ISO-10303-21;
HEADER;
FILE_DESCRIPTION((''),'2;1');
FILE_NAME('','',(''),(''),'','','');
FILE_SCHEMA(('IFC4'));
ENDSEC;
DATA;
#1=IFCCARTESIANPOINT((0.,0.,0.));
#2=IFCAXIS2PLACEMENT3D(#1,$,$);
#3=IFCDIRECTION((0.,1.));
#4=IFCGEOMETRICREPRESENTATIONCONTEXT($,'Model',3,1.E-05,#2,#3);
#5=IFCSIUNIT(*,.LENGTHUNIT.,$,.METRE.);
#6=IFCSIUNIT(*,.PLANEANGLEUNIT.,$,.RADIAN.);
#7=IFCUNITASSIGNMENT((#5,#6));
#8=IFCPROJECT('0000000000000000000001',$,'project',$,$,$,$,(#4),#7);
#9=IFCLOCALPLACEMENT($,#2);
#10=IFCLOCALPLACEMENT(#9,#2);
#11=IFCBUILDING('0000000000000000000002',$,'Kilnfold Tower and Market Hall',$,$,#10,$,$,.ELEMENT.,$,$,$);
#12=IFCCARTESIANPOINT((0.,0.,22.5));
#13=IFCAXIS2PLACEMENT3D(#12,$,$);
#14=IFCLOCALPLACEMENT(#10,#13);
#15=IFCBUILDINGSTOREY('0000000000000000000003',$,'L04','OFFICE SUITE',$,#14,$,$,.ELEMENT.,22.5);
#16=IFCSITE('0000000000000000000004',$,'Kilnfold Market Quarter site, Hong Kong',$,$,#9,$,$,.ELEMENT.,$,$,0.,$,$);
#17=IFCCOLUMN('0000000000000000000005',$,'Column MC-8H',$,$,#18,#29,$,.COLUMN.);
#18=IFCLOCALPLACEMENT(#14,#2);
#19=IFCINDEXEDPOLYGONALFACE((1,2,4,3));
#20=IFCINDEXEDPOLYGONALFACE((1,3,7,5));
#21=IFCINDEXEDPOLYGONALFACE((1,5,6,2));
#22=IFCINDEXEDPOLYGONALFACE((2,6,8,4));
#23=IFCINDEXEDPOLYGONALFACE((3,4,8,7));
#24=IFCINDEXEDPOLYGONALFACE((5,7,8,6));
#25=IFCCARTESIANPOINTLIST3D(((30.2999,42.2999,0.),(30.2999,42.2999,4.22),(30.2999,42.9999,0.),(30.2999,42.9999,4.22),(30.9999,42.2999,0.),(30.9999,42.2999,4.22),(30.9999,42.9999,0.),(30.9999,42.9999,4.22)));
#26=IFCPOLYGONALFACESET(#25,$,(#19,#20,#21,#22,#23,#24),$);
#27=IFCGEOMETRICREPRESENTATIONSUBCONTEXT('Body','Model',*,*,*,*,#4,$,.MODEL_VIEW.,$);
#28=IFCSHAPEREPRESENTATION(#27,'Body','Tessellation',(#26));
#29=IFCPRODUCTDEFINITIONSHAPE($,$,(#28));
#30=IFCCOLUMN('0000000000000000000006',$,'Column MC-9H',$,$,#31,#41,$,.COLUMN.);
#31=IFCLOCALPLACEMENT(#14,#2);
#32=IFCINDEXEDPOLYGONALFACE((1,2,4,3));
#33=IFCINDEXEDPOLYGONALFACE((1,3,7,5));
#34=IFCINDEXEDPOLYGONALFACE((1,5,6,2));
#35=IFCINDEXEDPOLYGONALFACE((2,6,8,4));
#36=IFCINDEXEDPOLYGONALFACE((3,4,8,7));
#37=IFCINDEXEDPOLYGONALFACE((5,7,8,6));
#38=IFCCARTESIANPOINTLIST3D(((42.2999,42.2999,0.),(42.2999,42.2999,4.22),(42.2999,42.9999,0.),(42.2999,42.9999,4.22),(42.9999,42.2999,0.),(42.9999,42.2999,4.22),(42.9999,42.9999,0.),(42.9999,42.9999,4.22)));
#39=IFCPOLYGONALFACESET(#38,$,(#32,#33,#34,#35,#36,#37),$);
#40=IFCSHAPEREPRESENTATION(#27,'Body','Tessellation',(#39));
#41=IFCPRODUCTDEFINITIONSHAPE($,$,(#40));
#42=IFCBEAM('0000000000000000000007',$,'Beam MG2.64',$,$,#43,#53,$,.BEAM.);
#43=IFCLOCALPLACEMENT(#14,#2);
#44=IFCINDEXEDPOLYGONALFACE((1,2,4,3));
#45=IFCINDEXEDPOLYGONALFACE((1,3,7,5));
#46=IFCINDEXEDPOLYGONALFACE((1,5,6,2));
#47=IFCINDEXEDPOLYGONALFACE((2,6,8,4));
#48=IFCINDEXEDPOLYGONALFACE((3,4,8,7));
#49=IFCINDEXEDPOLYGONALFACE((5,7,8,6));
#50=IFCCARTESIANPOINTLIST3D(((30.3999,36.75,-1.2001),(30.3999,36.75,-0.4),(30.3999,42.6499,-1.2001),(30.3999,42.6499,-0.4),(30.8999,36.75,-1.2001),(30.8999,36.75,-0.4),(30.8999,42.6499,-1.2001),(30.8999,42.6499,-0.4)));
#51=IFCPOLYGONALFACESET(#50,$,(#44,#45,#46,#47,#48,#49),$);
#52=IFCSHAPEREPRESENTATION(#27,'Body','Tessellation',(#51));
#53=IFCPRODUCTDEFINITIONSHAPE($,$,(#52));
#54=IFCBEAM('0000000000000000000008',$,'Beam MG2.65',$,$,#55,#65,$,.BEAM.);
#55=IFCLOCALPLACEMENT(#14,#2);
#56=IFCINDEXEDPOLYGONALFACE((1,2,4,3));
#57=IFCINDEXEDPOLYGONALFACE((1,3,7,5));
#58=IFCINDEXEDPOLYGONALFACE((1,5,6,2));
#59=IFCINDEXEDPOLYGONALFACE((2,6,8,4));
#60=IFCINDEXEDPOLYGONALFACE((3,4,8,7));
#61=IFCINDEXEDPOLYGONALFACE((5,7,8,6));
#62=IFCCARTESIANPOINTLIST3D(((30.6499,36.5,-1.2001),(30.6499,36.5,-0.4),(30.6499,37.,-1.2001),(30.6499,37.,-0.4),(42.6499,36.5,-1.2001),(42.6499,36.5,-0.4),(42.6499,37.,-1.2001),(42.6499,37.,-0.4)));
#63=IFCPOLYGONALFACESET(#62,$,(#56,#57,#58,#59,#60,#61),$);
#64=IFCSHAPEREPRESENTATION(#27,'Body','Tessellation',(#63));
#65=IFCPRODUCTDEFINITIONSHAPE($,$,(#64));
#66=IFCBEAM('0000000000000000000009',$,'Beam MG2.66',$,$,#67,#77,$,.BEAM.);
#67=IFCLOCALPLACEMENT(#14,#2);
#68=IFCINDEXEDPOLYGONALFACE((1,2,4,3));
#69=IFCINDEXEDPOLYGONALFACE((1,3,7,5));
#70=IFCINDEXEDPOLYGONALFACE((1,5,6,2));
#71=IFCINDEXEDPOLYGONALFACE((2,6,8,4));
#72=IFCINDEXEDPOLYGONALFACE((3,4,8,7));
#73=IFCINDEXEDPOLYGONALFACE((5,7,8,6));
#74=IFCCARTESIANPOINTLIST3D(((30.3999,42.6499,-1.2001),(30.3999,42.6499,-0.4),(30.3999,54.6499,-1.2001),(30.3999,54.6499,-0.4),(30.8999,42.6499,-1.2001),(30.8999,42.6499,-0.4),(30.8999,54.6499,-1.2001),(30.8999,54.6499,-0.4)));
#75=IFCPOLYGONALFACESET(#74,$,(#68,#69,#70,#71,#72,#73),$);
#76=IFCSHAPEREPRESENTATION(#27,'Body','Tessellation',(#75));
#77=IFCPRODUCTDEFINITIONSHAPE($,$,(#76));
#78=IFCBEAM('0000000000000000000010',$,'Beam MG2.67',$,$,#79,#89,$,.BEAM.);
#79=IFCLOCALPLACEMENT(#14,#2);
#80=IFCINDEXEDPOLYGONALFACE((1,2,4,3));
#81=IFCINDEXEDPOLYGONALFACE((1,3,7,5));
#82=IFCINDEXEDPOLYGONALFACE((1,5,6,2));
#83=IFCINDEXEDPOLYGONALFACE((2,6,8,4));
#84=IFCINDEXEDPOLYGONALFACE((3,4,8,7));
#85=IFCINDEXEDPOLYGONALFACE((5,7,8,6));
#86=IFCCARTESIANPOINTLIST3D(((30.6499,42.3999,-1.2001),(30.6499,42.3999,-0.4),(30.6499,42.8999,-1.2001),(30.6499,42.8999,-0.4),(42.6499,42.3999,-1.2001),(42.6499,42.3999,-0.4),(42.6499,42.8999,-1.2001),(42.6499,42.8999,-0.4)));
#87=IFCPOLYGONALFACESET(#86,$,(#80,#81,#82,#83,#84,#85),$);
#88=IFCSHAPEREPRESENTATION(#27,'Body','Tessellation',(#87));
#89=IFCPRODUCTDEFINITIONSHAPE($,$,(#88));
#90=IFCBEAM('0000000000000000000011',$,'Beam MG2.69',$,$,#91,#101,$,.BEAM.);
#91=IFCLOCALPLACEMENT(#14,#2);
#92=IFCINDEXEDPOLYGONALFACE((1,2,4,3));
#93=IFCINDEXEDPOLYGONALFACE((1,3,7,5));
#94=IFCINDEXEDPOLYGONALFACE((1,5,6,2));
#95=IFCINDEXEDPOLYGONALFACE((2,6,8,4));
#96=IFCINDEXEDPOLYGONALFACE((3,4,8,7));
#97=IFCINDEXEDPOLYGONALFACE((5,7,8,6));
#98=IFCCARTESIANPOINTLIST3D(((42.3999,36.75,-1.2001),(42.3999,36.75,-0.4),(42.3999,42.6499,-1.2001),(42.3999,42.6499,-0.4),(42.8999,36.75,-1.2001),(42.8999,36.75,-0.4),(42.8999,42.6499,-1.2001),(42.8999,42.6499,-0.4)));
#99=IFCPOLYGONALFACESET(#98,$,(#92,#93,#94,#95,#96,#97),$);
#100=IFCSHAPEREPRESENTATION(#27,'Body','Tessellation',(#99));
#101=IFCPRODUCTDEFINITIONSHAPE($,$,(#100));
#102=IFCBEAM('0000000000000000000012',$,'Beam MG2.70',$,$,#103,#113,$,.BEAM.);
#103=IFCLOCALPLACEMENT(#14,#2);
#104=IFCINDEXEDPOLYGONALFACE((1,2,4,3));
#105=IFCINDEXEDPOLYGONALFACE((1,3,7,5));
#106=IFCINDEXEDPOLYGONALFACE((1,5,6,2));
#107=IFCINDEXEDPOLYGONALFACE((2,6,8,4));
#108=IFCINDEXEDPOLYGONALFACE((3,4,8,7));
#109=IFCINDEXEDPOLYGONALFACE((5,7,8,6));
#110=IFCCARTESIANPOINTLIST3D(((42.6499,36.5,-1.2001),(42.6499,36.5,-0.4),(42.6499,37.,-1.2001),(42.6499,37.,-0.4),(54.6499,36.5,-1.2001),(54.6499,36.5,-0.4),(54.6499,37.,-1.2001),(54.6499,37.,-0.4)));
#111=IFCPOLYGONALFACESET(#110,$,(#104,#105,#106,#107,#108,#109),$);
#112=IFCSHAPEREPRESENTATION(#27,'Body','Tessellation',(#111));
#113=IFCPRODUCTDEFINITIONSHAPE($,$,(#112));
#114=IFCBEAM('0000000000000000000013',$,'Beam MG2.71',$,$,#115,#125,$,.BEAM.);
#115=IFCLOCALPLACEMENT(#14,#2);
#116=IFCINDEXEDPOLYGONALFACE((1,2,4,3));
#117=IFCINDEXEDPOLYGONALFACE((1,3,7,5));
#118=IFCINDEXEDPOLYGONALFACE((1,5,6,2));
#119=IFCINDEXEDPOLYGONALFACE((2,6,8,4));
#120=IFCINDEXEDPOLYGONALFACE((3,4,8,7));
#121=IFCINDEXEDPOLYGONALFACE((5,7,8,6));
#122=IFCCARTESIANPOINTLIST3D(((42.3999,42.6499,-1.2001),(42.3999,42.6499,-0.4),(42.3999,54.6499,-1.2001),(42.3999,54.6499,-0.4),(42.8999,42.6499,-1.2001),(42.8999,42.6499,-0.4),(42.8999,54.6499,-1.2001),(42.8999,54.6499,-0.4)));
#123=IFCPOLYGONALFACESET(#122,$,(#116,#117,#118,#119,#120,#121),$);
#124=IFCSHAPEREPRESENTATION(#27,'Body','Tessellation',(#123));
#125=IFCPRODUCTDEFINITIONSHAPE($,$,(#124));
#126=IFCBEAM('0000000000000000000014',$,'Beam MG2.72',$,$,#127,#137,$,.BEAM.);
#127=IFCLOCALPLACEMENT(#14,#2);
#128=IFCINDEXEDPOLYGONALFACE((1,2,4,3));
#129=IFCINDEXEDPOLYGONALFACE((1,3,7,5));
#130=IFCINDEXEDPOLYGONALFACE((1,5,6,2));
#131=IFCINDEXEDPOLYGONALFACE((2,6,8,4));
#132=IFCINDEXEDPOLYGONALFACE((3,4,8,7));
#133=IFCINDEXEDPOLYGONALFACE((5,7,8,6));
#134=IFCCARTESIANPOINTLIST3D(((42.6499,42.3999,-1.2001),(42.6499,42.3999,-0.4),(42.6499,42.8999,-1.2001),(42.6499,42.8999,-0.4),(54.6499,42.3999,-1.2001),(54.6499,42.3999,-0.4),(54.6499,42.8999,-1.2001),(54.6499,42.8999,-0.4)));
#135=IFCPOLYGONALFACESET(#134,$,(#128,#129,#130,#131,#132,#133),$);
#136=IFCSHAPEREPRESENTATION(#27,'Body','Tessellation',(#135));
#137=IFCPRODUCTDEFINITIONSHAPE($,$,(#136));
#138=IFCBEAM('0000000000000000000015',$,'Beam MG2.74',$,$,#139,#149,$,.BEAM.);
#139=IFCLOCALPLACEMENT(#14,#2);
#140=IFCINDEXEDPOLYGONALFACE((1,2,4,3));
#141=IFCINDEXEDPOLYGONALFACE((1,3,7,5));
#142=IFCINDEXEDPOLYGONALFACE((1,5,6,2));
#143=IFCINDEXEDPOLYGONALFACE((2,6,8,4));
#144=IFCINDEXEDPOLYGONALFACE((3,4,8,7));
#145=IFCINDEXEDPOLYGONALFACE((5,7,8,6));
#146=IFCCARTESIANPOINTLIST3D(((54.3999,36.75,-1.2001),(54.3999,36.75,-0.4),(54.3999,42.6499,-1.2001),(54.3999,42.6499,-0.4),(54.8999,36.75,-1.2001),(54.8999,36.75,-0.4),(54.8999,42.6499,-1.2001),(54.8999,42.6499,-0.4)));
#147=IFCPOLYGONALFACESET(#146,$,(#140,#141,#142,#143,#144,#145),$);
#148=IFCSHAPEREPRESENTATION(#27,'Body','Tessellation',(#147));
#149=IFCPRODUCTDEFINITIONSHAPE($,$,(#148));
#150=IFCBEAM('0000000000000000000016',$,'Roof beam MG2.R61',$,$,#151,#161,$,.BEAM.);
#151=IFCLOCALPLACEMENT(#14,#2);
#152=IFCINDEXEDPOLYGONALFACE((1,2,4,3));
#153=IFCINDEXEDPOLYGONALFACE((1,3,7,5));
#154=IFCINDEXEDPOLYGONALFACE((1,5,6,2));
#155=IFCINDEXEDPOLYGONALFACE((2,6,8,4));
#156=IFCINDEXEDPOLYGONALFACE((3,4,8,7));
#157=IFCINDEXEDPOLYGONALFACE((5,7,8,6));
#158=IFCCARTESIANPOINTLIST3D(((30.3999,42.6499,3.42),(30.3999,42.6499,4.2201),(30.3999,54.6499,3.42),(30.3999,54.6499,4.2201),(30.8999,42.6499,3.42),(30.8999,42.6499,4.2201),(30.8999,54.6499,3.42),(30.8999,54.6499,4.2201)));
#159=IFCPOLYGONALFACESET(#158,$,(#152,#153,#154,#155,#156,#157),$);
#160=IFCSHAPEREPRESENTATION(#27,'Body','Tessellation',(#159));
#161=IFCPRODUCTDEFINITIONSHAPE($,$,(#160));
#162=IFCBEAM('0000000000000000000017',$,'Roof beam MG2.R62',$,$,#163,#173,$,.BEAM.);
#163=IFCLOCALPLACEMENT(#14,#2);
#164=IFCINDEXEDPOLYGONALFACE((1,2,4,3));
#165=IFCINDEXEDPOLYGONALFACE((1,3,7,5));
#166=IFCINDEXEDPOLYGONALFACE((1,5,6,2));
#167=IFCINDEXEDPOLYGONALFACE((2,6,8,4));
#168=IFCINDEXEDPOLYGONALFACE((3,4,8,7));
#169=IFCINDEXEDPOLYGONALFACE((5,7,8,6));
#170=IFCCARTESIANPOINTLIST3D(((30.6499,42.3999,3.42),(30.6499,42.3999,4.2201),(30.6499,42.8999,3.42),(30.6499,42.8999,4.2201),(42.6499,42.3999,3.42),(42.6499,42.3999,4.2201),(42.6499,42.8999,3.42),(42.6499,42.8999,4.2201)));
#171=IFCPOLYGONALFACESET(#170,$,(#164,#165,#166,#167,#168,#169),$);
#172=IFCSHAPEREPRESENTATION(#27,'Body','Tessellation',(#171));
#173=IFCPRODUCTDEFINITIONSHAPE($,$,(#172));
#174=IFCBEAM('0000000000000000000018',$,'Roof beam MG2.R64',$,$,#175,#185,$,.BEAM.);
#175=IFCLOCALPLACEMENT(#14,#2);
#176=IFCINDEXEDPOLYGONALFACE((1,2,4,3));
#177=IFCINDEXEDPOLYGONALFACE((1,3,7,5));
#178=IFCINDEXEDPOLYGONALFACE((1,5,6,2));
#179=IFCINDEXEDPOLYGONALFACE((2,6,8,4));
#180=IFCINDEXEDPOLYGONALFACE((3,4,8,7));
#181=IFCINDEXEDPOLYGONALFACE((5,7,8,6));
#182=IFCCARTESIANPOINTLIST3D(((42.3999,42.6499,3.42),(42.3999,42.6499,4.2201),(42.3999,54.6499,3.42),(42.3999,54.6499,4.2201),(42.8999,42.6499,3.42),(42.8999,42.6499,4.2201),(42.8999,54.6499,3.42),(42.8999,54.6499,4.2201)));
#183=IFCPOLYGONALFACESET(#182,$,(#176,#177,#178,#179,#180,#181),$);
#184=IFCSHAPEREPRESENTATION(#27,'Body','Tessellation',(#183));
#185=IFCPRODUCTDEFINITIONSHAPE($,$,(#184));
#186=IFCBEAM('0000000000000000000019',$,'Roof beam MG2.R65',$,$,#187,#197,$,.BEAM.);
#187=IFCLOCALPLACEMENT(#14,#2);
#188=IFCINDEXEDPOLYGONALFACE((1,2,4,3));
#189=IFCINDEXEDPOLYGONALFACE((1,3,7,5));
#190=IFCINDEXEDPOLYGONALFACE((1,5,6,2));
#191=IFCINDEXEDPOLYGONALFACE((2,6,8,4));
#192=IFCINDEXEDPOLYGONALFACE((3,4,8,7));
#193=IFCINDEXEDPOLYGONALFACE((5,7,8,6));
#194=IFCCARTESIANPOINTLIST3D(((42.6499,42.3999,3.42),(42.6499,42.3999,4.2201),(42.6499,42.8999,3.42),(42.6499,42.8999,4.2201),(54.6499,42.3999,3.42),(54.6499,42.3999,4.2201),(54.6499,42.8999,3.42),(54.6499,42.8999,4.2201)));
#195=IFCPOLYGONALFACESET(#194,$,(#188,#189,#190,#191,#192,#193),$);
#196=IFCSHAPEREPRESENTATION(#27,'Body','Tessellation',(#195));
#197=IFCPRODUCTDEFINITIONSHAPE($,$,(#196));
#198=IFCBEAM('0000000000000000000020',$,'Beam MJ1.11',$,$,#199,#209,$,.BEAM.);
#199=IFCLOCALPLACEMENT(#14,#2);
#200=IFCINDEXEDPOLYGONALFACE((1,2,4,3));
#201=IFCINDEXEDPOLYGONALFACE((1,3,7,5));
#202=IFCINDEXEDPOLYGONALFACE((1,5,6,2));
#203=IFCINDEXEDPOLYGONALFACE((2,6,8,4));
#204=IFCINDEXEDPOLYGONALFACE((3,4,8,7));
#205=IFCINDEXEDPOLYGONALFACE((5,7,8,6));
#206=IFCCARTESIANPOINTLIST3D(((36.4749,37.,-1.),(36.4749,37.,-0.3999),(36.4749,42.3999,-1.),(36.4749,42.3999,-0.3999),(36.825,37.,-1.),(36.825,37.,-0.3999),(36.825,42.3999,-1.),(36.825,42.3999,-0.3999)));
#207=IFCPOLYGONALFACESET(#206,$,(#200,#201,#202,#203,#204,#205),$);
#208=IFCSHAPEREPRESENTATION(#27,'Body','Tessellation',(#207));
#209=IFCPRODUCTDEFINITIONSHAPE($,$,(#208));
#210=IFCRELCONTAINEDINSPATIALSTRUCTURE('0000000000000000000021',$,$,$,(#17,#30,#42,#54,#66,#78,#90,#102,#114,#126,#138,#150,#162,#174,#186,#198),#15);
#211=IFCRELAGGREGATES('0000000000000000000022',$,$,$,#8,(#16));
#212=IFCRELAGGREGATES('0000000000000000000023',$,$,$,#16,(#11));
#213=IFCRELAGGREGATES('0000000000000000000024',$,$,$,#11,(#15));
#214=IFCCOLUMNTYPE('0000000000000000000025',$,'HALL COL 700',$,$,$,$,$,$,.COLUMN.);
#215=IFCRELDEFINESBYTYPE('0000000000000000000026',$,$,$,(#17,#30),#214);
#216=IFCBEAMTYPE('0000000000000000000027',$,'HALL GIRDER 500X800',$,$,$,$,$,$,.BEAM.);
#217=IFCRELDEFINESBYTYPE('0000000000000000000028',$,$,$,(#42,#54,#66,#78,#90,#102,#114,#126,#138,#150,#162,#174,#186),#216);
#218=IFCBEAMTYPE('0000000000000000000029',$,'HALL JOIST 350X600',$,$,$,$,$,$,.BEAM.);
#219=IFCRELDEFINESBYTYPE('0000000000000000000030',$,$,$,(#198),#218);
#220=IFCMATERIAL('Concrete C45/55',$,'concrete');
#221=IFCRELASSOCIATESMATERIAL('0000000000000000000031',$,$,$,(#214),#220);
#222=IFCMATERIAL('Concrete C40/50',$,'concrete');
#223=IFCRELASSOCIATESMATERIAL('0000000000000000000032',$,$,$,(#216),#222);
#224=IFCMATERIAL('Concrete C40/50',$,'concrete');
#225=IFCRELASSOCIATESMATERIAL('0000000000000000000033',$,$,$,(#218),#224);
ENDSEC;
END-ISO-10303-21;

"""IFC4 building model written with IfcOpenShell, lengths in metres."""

from ifc_helpers import new_model, si_unit, direction, frame, origin, origin_2d, place, context, subcontext, project, spatial, rectangle, extrude, source, transform, mapped, material, material_profile, profile_set, type_object, element, save


model = new_model("IFC4")

# Units and contexts
model_context = context("Model", 3, precision=1e-05, world=origin(), true_north=direction((0.0, 1.0)))
body_context = subcontext(model_context, "Body", "Model", "MODEL_VIEW")
ifc_project = project(units=[si_unit("LENGTHUNIT", "METRE"), si_unit("PLANEANGLEUNIT", "RADIAN")], contexts=[model_context])

# Site, building, storey
site_placement = place(None, origin())
site = spatial("IfcSite", under=ifc_project, at=site_placement, Name="Kilnfold Market Quarter site, Hong Kong", CompositionType="ELEMENT", RefElevation=0.0)
building_placement = place(site_placement, origin())
building = spatial("IfcBuilding", under=site, at=building_placement, Name="Kilnfold Tower and Market Hall", CompositionType="ELEMENT")
storey_placement = place(building_placement, frame((0.0, 0.0, 22.5)))
storey = spatial("IfcBuildingStorey", under=building, at=storey_placement, Name="L04", Description="OFFICE SUITE", CompositionType="ELEMENT", Elevation=22.5)

# Columns
ifc_material_1 = material(Name="Concrete C45/55", Category="concrete")
ifc_material_profile_1 = material_profile(ifc_material_1, rectangle(XDim=0.7, YDim=0.7, at=origin_2d()), Name="RC 700x700")
ifc_profile_set_1 = profile_set([ifc_material_profile_1], Name="Concrete C45/55")
column_type = type_object("IfcColumnType", Name="HALL COL 700", PredefinedType="COLUMN", material=ifc_profile_set_1)
shared_shape_1 = source(origin(), body_context, "Body", "SweptSolid", [
    extrude(rectangle(XDim=0.7, YDim=0.7, at=origin_2d()), origin(), (0.0, 0.0, 1.0), 4.22),
])
for number, where, z_axis, x_axis, name in (
    (1, (30.6499, 42.6499, 0.0), (0.0, 0.0, 1.0), (1.0, 0.0, 0.0), "Column MC-8H"),
    (2, (42.6499, 42.6499, 0.0), (0.0, 0.0, 1.0), (1.0, 0.0, 0.0), "Column MC-9H"),
):
    element("IfcColumn", number, at=place(storey_placement, frame(where, z_axis=z_axis, x_axis=x_axis)), inside=storey, type_object=column_type, Name=name, PredefinedType="COLUMN", context=body_context, shape_type="MappedRepresentation", body=[
        mapped(shared_shape_1, transform((0.0, 0.0, 0.0))),
    ])

# Beams
ifc_material_2 = material(Name="Concrete C40/50", Category="concrete")
ifc_material_profile_2 = material_profile(ifc_material_2, rectangle(XDim=0.5, YDim=0.8, at=origin_2d()), Name="RC 500x800")
ifc_profile_set_2 = profile_set([ifc_material_profile_2], Name="Concrete C40/50")
beam_type_1 = type_object("IfcBeamType", Name="HALL GIRDER 500X800", PredefinedType="BEAM", material=ifc_profile_set_2)
beam_1_placement = place(storey_placement, frame((30.6499, 36.75, -0.8), z_axis=(0.0, 1.0, 0.0), x_axis=(-1.0, 0.0, 0.0)))
element("IfcBeam", 3, at=beam_1_placement, inside=storey, type_object=beam_type_1, Name="Beam MG2.64", PredefinedType="BEAM", context=body_context, shape_type="SweptSolid", body=[
    extrude(rectangle(XDim=0.5, YDim=0.8, at=origin_2d()), origin(), (0.0, 0.0, 1.0), 5.8999),
])
for number, where, z_axis, x_axis, name in (
    (4, (30.6499, 36.75, -0.8), (1.0, 0.0, 0.0), (0.0, 1.0, 0.0), "Beam MG2.65"),
    (5, (30.6499, 42.6499, -0.8), (0.0, 1.0, 0.0), (-1.0, 0.0, 0.0), "Beam MG2.66"),
    (6, (30.6499, 42.6499, -0.8), (1.0, 0.0, 0.0), (0.0, 1.0, 0.0), "Beam MG2.67"),
):
    element("IfcBeam", number, at=place(storey_placement, frame(where, z_axis=z_axis, x_axis=x_axis)), inside=storey, type_object=beam_type_1, Name=name, PredefinedType="BEAM", context=body_context, shape_type="SweptSolid", body=[
        extrude(rectangle(XDim=0.5, YDim=0.8, at=origin_2d()), origin(), (0.0, 0.0, 1.0), 12.0),
    ])
beam_2_placement = place(storey_placement, frame((42.6499, 36.75, -0.8), z_axis=(0.0, 1.0, 0.0), x_axis=(-1.0, 0.0, 0.0)))
element("IfcBeam", 7, at=beam_2_placement, inside=storey, type_object=beam_type_1, Name="Beam MG2.69", PredefinedType="BEAM", context=body_context, shape_type="SweptSolid", body=[
    extrude(rectangle(XDim=0.5, YDim=0.8, at=origin_2d()), origin(), (0.0, 0.0, 1.0), 5.8999),
])
for number, where, z_axis, x_axis, name in (
    (8, (42.6499, 36.75, -0.8), (1.0, 0.0, 0.0), (0.0, 1.0, 0.0), "Beam MG2.70"),
    (9, (42.6499, 42.6499, -0.8), (0.0, 1.0, 0.0), (-1.0, 0.0, 0.0), "Beam MG2.71"),
    (10, (42.6499, 42.6499, -0.8), (1.0, 0.0, 0.0), (0.0, 1.0, 0.0), "Beam MG2.72"),
):
    element("IfcBeam", number, at=place(storey_placement, frame(where, z_axis=z_axis, x_axis=x_axis)), inside=storey, type_object=beam_type_1, Name=name, PredefinedType="BEAM", context=body_context, shape_type="SweptSolid", body=[
        extrude(rectangle(XDim=0.5, YDim=0.8, at=origin_2d()), origin(), (0.0, 0.0, 1.0), 12.0),
    ])
beam_3_placement = place(storey_placement, frame((54.6499, 36.75, -0.8), z_axis=(0.0, 1.0, 0.0), x_axis=(-1.0, 0.0, 0.0)))
element("IfcBeam", 11, at=beam_3_placement, inside=storey, type_object=beam_type_1, Name="Beam MG2.74", PredefinedType="BEAM", context=body_context, shape_type="SweptSolid", body=[
    extrude(rectangle(XDim=0.5, YDim=0.8, at=origin_2d()), origin(), (0.0, 0.0, 1.0), 5.8999),
])
for number, where, z_axis, x_axis, name in (
    (12, (30.6499, 42.6499, 3.8201), (0.0, 1.0, 0.0), (-1.0, 0.0, 0.0), "Roof beam MG2.R61"),
    (13, (30.6499, 42.6499, 3.8201), (1.0, 0.0, 0.0), (0.0, 1.0, 0.0), "Roof beam MG2.R62"),
    (14, (42.6499, 42.6499, 3.8201), (0.0, 1.0, 0.0), (-1.0, 0.0, 0.0), "Roof beam MG2.R64"),
    (15, (42.6499, 42.6499, 3.8201), (1.0, 0.0, 0.0), (0.0, 1.0, 0.0), "Roof beam MG2.R65"),
):
    element("IfcBeam", number, at=place(storey_placement, frame(where, z_axis=z_axis, x_axis=x_axis)), inside=storey, type_object=beam_type_1, Name=name, PredefinedType="BEAM", context=body_context, shape_type="SweptSolid", body=[
        extrude(rectangle(XDim=0.5, YDim=0.8, at=origin_2d()), origin(), (0.0, 0.0, 1.0), 12.0),
    ])
ifc_material_3 = material(Name="Concrete C40/50", Category="concrete")
ifc_material_profile_3 = material_profile(ifc_material_3, rectangle(XDim=0.3501, YDim=0.6001, at=origin_2d()), Name="RC 350x600")
ifc_profile_set_3 = profile_set([ifc_material_profile_3], Name="Concrete C40/50")
beam_type_2 = type_object("IfcBeamType", Name="HALL JOIST 350X600", PredefinedType="BEAM", material=ifc_profile_set_3)
for number, where, z_axis, x_axis, name in (
    (16, (36.6499, 37.0, -0.7), (0.0, 1.0, 0.0), (-1.0, 0.0, 0.0), "Beam MJ1.11"),
):
    element("IfcBeam", number, at=place(storey_placement, frame(where, z_axis=z_axis, x_axis=x_axis)), inside=storey, type_object=beam_type_2, Name=name, PredefinedType="BEAM", context=body_context, shape_type="SweptSolid", body=[
        extrude(rectangle(XDim=0.3501, YDim=0.6001, at=origin_2d()), origin(), (0.0, 0.0, 1.0), 5.3999),
    ])

save(model, "model.ifc")
